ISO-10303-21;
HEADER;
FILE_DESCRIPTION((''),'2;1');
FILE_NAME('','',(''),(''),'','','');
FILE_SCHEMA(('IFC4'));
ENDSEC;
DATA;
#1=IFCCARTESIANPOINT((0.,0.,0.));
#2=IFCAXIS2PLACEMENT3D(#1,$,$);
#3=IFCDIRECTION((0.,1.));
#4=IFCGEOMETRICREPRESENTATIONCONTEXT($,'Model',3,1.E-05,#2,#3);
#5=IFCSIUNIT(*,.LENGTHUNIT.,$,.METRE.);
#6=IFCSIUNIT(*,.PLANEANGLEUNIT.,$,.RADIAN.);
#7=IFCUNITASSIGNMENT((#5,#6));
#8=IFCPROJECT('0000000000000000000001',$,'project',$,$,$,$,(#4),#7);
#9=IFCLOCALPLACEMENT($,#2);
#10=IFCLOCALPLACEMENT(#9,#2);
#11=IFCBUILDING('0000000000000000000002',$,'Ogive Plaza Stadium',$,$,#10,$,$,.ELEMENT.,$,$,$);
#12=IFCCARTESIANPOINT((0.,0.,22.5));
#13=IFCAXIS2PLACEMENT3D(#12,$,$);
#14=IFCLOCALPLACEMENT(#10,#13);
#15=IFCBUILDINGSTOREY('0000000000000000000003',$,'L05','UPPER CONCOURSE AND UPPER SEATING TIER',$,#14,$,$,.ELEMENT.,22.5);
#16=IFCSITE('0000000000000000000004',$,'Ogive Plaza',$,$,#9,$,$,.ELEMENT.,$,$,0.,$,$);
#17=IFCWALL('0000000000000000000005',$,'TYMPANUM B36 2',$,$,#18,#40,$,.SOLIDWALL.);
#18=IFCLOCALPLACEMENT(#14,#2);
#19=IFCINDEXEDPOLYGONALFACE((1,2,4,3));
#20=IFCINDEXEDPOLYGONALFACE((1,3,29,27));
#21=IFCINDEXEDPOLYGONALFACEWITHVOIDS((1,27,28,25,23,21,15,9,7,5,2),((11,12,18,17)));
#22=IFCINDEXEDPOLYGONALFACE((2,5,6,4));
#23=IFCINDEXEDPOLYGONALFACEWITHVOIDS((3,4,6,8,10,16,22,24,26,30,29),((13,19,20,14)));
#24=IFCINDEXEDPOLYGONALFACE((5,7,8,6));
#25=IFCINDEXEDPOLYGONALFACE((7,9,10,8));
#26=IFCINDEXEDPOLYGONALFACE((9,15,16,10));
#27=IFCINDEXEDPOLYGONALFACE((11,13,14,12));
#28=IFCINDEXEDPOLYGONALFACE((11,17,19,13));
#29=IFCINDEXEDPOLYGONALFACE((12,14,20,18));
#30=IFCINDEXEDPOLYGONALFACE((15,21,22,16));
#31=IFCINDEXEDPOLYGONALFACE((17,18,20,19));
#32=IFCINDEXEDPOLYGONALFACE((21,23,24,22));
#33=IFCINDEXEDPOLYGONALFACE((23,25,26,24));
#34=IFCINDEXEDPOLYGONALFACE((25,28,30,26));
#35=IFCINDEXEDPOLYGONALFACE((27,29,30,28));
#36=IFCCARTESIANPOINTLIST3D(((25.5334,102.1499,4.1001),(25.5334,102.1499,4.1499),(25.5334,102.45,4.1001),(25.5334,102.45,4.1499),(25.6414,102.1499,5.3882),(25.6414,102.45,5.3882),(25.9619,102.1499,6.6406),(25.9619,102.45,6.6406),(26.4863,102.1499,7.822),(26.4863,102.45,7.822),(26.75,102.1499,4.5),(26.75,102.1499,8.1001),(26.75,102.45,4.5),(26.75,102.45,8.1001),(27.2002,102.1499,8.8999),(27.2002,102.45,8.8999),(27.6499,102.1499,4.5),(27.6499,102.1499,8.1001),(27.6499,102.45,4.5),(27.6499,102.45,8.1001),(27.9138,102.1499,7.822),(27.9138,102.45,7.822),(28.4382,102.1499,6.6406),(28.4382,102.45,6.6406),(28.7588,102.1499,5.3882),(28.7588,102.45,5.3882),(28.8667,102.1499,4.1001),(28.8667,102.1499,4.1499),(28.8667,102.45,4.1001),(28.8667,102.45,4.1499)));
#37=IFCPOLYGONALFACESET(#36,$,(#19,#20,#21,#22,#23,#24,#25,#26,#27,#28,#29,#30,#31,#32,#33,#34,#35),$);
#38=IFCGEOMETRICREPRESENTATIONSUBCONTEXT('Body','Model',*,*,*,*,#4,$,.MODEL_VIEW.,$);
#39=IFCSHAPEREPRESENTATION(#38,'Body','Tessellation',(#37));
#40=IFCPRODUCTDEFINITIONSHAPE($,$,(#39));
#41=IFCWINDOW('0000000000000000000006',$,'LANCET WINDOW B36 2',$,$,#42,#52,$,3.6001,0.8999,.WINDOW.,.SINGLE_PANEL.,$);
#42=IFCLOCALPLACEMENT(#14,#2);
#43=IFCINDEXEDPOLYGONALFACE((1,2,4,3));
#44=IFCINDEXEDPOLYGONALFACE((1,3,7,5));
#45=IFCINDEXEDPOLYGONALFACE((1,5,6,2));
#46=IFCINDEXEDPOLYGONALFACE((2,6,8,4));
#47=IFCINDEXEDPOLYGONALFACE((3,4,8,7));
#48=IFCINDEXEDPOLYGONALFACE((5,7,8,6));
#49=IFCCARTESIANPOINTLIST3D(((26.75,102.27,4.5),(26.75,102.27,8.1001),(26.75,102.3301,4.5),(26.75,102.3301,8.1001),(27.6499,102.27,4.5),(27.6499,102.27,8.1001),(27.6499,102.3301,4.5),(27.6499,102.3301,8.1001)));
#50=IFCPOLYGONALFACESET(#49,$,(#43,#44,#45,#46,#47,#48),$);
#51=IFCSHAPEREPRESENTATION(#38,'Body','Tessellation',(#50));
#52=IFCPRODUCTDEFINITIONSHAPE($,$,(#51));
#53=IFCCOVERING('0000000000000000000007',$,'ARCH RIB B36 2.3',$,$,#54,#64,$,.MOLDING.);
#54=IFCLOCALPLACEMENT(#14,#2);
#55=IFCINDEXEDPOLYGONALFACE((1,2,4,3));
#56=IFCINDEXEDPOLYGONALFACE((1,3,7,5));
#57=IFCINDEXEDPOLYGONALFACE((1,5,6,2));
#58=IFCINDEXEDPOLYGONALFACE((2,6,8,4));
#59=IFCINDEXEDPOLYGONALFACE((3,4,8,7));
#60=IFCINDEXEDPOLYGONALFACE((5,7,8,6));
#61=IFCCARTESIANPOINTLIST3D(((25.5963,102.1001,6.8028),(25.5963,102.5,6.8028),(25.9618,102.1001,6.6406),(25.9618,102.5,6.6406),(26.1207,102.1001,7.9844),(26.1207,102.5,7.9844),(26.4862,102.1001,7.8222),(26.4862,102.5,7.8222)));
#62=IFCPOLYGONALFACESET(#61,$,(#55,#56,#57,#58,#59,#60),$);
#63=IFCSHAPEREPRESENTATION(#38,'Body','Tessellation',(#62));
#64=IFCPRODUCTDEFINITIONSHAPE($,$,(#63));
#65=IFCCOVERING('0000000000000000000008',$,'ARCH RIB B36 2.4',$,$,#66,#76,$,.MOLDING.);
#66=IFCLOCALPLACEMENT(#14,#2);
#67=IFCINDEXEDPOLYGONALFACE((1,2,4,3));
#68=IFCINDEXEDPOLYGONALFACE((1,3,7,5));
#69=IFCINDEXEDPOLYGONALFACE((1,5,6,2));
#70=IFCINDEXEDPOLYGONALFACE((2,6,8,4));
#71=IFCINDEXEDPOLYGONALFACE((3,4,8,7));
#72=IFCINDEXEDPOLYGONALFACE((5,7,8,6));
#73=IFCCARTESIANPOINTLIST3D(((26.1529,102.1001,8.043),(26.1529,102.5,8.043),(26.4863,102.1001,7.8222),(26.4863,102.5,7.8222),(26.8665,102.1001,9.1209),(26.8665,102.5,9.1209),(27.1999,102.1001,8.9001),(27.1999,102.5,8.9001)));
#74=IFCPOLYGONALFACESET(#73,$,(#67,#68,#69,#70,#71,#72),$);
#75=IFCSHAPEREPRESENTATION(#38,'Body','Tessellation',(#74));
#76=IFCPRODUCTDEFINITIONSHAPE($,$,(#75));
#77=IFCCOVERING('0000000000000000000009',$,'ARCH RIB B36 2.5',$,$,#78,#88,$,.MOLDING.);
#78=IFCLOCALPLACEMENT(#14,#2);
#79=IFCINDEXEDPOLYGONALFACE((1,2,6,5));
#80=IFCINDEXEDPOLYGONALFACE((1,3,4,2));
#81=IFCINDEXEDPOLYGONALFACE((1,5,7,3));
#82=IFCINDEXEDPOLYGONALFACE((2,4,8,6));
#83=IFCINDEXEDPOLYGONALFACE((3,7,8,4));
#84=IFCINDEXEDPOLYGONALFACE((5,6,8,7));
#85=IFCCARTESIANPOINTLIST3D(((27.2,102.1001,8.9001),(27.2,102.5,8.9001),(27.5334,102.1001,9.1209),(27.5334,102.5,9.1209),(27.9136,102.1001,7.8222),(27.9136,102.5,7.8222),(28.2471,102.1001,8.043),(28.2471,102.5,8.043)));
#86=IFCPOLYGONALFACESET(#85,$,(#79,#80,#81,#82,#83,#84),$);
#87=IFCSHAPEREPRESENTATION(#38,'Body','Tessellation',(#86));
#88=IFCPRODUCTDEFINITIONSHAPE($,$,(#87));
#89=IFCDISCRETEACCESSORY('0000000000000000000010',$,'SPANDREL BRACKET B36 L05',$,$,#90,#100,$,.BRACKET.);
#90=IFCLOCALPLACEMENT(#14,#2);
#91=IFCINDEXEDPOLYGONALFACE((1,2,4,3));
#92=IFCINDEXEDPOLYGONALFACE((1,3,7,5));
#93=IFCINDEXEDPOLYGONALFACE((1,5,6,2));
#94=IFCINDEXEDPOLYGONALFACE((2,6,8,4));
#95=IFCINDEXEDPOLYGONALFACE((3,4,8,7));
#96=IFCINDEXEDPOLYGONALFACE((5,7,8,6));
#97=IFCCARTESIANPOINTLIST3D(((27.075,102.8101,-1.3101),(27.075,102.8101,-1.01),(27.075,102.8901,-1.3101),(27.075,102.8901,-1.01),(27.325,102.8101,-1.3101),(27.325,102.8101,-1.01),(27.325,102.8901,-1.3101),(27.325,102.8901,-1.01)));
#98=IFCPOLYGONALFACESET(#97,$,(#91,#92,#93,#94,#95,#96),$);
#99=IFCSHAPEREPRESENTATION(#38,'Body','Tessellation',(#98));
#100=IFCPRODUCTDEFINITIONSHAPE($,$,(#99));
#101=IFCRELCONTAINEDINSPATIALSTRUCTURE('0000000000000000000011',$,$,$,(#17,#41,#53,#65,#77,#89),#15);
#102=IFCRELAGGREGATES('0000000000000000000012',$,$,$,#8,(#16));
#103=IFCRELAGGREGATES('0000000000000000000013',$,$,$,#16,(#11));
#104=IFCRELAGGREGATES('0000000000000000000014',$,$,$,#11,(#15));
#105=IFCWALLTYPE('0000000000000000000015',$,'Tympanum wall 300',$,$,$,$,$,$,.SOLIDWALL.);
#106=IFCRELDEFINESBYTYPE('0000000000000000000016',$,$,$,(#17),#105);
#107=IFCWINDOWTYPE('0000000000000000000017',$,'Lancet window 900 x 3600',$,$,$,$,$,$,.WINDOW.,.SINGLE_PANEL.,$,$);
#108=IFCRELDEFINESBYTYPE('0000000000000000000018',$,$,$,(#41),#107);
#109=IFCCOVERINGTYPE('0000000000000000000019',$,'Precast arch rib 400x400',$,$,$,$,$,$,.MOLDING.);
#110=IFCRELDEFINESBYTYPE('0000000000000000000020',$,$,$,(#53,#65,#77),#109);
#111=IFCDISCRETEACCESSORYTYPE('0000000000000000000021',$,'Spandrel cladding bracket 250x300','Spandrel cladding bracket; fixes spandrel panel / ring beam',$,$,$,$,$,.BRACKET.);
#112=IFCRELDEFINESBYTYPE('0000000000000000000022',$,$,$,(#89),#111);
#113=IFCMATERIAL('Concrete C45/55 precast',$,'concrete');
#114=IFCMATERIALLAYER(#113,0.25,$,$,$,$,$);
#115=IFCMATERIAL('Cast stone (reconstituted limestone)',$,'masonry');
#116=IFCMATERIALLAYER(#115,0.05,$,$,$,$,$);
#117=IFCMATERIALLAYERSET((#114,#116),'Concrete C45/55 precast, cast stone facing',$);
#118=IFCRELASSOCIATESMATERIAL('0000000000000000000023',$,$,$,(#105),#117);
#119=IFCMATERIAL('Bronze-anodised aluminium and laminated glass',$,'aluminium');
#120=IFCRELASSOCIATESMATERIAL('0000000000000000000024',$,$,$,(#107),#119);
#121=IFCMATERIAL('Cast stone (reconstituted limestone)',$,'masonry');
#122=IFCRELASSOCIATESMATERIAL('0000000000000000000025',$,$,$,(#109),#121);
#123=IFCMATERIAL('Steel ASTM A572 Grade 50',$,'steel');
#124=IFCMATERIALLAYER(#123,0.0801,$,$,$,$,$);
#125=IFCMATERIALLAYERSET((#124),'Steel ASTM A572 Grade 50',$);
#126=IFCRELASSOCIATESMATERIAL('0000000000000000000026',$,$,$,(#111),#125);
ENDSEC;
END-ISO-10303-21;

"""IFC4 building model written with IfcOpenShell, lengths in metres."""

from ifc_helpers import new_model, si_unit, direction, frame, frame_2d, origin, origin_2d, place, context, subcontext, project, spatial, polyline, rectangle, outline, extrude, material, layer, layer_set, material_profile, profile_set, type_object, element, fill, save


model = new_model("IFC4")

# Units and contexts
model_context = context("Model", 3, precision=1e-05, world=origin(), true_north=direction((0.0, 1.0)))
body_context = subcontext(model_context, "Body", "Model", "MODEL_VIEW")
ifc_project = project(units=[si_unit("LENGTHUNIT", "METRE"), si_unit("PLANEANGLEUNIT", "RADIAN")], contexts=[model_context])

# Site, building, storey
site_placement = place(None, origin())
site = spatial("IfcSite", under=ifc_project, at=site_placement, Name="Ogive Plaza", CompositionType="ELEMENT", RefElevation=0.0)
building_placement = place(site_placement, origin())
building = spatial("IfcBuilding", under=site, at=building_placement, Name="Ogive Plaza Stadium", CompositionType="ELEMENT")
storey_placement = place(building_placement, frame((0.0, 0.0, 22.5)))
storey = spatial("IfcBuildingStorey", under=building, at=storey_placement, Name="L05", Description="UPPER CONCOURSE AND UPPER SEATING TIER", CompositionType="ELEMENT", Elevation=22.5)

# Wall, opening, window
ifc_material_1 = material(Name="Concrete C45/55 precast", Category="concrete")
ifc_layer_1 = layer(ifc_material_1, 0.25)
ifc_material_2 = material(Name="Cast stone (reconstituted limestone)", Category="masonry")
ifc_layer_2 = layer(ifc_material_2, 0.05)
ifc_layer_set_1 = layer_set([ifc_layer_1, ifc_layer_2], Name="Concrete C45/55 precast, cast stone facing")
wall_type = type_object("IfcWallType", Name="Tympanum wall 300", PredefinedType="SOLIDWALL", material=ifc_layer_set_1)
wall_placement = place(storey_placement, frame((25.5334, 102.3, 4.1001), z_axis=(0.0, 0.0, 1.0), x_axis=(1.0, 0.0, 0.0)))
wall = element("IfcWall", 1, at=wall_placement, inside=storey, type_object=wall_type, Name="TYMPANUM B36 2", PredefinedType="SOLIDWALL", context=body_context, shape_type="SweptSolid", body=[
    extrude(outline(polyline([(0.0, 0.0), (3.3333, 0.0), (3.3333, 0.0498), (3.2253, 1.2881), (2.9048, 2.5405), (2.3804, 3.7219), (1.6667, 4.7998), (0.9529, 3.7219), (0.4285, 2.5405), (0.1079, 1.2881), (0.0, 0.0498), (0.0, 0.0)])), frame((0.0, 0.1499, 0.0), z_axis=(0.0, -1.0, 0.0), x_axis=(1.0, 0.0, 0.0)), (0.0, 0.0, 1.0), 0.3),
])
opening_placement = place(wall_placement, frame((1.2166, 0.0, 0.3999)))
opening = element("IfcOpeningElement", 2, at=opening_placement, cuts=wall, PredefinedType="OPENING", context=body_context, shape_type="SweptSolid", body=[
    extrude(rectangle(XDim=0.8999, YDim=3.6001, at=frame_2d((0.45, 1.8))), frame((0.0, 0.1602, 0.0), z_axis=(0.0, -1.0, 0.0), x_axis=(1.0, 0.0, 0.0)), (0.0, 0.0, 1.0), 0.3201),
])
ifc_material_3 = material(Name="Bronze-anodised aluminium and laminated glass", Category="aluminium")
window_type = type_object("IfcWindowType", Name="Lancet window 900 x 3600", PartitioningType="SINGLE_PANEL", PredefinedType="WINDOW", material=ifc_material_3)
window_placement = place(opening_placement, origin())
window = element("IfcWindow", 3, at=window_placement, inside=storey, type_object=window_type, Name="LANCET WINDOW B36 2", OverallHeight=3.6001, OverallWidth=0.8999, PartitioningType="SINGLE_PANEL", PredefinedType="WINDOW", context=body_context, shape_type="SweptSolid", body=[
    extrude(rectangle(XDim=0.8999, YDim=3.6001, at=frame_2d((0.45, 1.8))), frame((0.0, 0.03, 0.0), z_axis=(0.0, -1.0, 0.0), x_axis=(1.0, 0.0, 0.0)), (0.0, 0.0, 1.0), 0.0601),
])
fill(opening, window)

# Coverings
ifc_material_4 = material(Name="Cast stone (reconstituted limestone)", Category="masonry")
ifc_material_profile_1 = material_profile(ifc_material_4, rectangle(XDim=0.3999, YDim=0.3999, at=origin_2d()), Name="Cast stone 400x400")
ifc_profile_set_1 = profile_set([ifc_material_profile_1], Name="Cast stone (reconstituted limestone)")
covering_type = type_object("IfcCoveringType", Name="Precast arch rib 400x400", PredefinedType="MOLDING", material=ifc_profile_set_1)
for number, where, z_axis, x_axis, name in (
    (4, (25.7791, 102.3, 6.7217), (0.405648, 0.0, 0.914029), (0.0, 1.0, 0.0), "ARCH RIB B36 2.3"),
    (5, (26.3196, 102.3, 7.9326), (0.552039, 0.0, 0.833818), (0.0, 1.0, 0.0), "ARCH RIB B36 2.4"),
    (6, (27.3667, 102.3, 9.0105), (0.552039, 0.0, -0.833818), (0.0, 1.0, 0.0), "ARCH RIB B36 2.5"),
):
    element("IfcCovering", number, at=place(storey_placement, frame(where, z_axis=z_axis, x_axis=x_axis)), inside=storey, type_object=covering_type, Name=name, PredefinedType="MOLDING", context=body_context, shape_type="SweptSolid", body=[
        extrude(rectangle(XDim=0.3999, YDim=0.3999, at=origin_2d()), origin(), (0.0, 0.0, 1.0), 1.2927),
    ])

# Discrete accessory
ifc_material_5 = material(Name="Steel ASTM A572 Grade 50", Category="steel")
ifc_layer_3 = layer(ifc_material_5, 0.0801)
ifc_layer_set_2 = layer_set([ifc_layer_3], Name="Steel ASTM A572 Grade 50")
discrete_accessory_type = type_object("IfcDiscreteAccessoryType", Name="Spandrel cladding bracket 250x300", Description="Spandrel cladding bracket; fixes spandrel panel / ring beam", PredefinedType="BRACKET", material=ifc_layer_set_2)
discrete_accessory_placement = place(storey_placement, frame((27.2, 102.8501, -1.3101), z_axis=(0.0, 0.0, 1.0), x_axis=(1.0, 0.0, 0.0)))
element("IfcDiscreteAccessory", 7, at=discrete_accessory_placement, inside=storey, type_object=discrete_accessory_type, Name="SPANDREL BRACKET B36 L05", PredefinedType="BRACKET", context=body_context, shape_type="SweptSolid", body=[
    extrude(rectangle(XDim=0.25, YDim=0.0801, at=origin_2d()), origin(), (0.0, 0.0, 1.0), 0.3),
])

save(model, "model.ifc")
